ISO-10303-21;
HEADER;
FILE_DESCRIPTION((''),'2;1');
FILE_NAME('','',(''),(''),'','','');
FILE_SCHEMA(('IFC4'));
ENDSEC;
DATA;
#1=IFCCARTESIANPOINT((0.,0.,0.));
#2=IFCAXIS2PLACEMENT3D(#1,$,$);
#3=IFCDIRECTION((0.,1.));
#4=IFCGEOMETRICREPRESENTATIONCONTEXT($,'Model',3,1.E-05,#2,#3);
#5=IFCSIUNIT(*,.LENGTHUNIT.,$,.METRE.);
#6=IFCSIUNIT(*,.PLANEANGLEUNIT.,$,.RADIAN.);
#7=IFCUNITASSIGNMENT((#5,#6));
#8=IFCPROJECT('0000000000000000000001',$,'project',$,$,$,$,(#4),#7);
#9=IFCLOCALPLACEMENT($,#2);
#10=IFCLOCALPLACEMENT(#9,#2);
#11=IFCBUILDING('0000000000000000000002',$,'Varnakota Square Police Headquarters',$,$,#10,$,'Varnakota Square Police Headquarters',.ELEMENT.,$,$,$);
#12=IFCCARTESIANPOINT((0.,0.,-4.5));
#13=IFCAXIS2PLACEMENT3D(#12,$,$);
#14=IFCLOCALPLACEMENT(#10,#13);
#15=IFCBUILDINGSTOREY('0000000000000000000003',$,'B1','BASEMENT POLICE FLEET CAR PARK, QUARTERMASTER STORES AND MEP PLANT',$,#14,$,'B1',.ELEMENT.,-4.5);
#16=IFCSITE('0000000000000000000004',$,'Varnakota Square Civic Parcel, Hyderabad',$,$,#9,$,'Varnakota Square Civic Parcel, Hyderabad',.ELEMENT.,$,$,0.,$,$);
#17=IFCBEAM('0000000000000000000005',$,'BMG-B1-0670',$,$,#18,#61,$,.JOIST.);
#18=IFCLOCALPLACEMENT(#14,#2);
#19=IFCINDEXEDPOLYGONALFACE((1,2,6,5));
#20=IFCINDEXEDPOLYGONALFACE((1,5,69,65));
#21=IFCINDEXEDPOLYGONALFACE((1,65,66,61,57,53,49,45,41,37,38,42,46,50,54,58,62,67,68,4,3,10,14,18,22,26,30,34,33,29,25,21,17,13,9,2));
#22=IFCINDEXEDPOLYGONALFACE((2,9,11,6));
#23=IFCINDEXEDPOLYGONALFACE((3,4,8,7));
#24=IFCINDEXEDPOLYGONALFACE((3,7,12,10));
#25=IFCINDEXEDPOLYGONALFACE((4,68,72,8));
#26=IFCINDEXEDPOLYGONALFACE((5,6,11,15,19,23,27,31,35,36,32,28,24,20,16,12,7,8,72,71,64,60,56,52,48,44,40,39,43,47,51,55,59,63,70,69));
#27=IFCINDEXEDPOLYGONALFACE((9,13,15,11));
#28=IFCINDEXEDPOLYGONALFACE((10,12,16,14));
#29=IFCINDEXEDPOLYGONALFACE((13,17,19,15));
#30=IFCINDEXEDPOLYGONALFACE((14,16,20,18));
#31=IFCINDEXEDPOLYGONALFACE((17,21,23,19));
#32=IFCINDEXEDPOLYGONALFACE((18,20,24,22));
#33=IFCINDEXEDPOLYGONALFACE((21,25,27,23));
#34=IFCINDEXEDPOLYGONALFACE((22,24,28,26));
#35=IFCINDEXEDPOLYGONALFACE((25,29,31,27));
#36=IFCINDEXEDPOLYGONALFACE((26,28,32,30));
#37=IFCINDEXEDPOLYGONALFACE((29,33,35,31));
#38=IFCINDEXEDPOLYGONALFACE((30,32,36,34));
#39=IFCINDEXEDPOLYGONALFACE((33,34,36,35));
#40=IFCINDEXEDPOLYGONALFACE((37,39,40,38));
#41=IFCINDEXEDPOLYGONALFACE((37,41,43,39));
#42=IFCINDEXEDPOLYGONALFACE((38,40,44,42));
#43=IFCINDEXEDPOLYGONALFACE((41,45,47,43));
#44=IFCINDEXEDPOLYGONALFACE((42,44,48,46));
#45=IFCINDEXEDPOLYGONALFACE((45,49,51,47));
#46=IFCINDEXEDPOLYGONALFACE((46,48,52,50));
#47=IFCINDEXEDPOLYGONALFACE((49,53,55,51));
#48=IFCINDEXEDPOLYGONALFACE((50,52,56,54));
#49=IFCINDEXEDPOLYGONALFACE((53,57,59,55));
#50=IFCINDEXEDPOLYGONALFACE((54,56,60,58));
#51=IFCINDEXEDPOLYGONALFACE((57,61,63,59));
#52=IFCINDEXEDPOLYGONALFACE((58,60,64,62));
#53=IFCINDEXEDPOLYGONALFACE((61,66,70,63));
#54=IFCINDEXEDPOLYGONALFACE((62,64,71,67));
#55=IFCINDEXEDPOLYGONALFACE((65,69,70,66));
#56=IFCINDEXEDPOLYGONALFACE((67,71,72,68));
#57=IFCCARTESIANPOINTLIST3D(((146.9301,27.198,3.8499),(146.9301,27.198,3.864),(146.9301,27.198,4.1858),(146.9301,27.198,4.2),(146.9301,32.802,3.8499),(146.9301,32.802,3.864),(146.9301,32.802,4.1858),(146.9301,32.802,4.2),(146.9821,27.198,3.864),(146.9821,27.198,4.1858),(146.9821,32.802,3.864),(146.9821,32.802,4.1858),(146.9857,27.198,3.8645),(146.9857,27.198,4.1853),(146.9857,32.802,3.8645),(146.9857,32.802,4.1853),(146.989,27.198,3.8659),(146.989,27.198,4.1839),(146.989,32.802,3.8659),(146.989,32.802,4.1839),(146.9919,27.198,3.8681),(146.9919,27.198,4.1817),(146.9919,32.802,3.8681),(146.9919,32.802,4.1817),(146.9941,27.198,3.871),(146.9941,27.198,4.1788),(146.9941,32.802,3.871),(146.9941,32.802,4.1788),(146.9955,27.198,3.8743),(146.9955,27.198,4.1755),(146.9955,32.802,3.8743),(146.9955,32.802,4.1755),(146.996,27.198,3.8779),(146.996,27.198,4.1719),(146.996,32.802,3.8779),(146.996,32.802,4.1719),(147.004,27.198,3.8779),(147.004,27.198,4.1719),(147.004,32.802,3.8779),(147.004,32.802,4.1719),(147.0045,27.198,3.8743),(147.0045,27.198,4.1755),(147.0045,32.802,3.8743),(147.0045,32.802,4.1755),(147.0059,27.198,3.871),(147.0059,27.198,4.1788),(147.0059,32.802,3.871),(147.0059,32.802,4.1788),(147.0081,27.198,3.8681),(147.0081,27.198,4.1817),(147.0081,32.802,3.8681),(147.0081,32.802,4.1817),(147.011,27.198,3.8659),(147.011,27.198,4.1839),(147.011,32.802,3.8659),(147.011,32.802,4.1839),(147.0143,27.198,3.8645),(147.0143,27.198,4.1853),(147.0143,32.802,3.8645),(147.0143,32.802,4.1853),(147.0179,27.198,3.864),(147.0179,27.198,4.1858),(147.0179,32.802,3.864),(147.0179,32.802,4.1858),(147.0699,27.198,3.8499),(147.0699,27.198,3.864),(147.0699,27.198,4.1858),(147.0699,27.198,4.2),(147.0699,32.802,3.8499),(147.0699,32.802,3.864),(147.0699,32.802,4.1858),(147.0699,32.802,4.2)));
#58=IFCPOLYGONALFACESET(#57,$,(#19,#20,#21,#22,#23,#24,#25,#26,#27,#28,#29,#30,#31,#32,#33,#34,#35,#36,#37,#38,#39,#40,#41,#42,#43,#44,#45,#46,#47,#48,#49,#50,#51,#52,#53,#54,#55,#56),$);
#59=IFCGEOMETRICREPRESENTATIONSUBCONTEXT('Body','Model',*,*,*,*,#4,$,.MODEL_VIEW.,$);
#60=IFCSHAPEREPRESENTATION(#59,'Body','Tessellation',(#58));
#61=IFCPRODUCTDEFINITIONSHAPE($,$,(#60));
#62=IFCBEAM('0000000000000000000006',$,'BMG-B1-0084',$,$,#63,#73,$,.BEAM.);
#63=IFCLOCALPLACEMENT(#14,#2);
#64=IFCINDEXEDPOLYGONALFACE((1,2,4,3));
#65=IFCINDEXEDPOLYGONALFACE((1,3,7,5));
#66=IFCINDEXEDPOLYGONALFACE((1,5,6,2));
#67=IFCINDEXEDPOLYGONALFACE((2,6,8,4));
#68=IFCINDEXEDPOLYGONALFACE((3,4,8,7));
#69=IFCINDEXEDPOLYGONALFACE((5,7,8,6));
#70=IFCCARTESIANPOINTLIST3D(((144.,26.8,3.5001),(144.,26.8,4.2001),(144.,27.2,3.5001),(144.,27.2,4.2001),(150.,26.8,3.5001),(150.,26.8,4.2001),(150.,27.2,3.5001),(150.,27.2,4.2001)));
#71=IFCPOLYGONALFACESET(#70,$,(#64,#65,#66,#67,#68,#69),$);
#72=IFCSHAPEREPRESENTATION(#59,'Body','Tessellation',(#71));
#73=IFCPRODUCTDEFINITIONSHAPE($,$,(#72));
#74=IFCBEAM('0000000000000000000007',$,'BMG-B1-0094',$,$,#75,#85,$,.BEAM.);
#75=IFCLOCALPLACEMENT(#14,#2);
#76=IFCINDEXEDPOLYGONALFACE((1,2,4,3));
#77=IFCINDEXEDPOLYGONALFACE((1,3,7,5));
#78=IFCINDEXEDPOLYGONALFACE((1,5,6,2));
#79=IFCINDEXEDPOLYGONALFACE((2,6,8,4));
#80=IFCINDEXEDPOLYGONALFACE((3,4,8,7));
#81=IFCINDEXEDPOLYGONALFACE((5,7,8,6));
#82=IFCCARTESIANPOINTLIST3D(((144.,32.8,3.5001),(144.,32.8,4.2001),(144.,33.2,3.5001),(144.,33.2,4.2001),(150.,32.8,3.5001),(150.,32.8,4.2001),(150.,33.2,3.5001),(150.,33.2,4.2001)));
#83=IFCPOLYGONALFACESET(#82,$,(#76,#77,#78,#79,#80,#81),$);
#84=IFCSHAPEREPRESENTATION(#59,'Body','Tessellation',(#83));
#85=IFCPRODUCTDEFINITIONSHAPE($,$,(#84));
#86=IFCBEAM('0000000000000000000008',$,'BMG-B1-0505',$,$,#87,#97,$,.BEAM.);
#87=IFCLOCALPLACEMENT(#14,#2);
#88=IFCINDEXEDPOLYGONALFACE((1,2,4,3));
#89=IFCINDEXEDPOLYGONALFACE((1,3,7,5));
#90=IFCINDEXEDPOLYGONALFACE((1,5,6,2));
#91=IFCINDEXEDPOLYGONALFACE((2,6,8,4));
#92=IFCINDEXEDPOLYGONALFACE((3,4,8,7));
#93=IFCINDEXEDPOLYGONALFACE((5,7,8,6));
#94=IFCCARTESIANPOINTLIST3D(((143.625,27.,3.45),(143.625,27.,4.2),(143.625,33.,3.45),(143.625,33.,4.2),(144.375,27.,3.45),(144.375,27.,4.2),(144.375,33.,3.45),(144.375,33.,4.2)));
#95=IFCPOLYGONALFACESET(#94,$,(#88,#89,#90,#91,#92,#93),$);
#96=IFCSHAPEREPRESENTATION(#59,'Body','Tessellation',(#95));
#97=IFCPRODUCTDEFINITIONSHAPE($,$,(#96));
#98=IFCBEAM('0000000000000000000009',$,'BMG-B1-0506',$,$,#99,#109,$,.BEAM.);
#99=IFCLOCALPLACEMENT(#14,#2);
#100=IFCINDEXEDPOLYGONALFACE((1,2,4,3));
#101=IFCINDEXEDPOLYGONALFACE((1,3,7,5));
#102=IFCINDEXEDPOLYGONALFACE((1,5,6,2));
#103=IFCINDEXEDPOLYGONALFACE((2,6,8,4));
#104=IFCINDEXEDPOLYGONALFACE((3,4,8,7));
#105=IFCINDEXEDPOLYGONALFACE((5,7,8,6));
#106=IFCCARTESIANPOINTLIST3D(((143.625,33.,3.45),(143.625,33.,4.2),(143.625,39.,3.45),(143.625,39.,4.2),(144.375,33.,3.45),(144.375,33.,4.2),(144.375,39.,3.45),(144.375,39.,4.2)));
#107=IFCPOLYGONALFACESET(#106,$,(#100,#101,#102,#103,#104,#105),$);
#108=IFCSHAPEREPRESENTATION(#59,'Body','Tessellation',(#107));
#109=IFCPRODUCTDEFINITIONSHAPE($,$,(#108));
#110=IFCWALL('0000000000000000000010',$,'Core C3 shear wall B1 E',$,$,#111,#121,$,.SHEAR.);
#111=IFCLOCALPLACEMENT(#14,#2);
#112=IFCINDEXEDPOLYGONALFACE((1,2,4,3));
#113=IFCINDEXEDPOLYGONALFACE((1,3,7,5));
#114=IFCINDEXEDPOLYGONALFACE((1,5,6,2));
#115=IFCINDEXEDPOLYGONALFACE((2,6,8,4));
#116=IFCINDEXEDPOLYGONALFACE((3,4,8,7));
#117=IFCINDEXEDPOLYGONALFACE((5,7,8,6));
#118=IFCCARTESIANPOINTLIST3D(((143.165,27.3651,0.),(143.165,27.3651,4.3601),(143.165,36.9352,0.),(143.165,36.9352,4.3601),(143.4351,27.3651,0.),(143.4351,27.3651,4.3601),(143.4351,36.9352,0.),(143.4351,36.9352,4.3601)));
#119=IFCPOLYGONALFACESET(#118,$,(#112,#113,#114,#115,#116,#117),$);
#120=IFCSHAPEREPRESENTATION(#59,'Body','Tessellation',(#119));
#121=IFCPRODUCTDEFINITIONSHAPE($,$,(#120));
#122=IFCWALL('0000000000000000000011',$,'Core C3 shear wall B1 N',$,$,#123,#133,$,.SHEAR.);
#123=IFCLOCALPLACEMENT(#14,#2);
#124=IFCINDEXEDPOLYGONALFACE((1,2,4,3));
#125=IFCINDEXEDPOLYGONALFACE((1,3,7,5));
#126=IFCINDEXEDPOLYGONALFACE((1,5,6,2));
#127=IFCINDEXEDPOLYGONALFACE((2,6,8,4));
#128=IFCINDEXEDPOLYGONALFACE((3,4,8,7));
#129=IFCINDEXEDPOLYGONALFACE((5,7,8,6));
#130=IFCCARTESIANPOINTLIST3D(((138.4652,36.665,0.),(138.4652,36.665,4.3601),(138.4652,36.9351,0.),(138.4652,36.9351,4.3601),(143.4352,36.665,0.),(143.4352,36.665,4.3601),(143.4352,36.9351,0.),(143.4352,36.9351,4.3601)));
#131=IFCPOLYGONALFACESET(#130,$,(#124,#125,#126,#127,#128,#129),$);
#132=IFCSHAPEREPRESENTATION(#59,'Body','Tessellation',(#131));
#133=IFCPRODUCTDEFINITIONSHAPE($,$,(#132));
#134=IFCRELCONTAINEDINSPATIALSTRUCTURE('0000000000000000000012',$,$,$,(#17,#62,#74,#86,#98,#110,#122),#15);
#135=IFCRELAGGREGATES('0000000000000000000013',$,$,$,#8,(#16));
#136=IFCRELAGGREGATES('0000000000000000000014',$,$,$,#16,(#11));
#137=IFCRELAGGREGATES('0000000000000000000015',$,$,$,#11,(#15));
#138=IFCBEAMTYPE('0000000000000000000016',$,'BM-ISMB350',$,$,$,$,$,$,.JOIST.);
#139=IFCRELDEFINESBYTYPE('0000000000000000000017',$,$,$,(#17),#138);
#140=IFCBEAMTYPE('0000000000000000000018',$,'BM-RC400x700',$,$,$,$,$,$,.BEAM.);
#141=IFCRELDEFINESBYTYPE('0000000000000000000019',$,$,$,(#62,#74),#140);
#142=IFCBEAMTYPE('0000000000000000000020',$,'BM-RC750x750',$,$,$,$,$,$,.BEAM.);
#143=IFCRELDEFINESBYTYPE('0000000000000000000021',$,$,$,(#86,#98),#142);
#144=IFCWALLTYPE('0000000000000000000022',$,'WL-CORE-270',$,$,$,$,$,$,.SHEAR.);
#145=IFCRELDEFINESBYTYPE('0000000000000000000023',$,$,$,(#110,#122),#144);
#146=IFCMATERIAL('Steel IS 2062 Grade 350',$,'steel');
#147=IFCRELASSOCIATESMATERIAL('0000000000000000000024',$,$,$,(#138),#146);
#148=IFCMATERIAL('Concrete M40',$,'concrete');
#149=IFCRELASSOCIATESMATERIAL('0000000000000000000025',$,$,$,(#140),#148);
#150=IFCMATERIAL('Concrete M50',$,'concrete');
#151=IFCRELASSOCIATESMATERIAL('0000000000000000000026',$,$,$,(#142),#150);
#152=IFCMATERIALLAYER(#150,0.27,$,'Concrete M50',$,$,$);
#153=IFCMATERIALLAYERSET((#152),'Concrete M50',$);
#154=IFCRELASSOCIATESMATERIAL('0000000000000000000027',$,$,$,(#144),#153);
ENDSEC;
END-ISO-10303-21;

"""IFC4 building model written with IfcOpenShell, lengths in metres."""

from ifc_helpers import new_model, si_unit, direction, frame, frame_2d, origin, origin_2d, place, context, subcontext, project, spatial, rectangle, i_section, extrude, material, layer, layer_set, material_profile, profile_set, type_object, element, save


model = new_model("IFC4")

# Units and contexts
model_context = context("Model", 3, precision=1e-05, world=origin(), true_north=direction((0.0, 1.0)))
body_context = subcontext(model_context, "Body", "Model", "MODEL_VIEW")
ifc_project = project(units=[si_unit("LENGTHUNIT", "METRE"), si_unit("PLANEANGLEUNIT", "RADIAN")], contexts=[model_context])

# Site, building, storey
site_placement = place(None, origin())
site = spatial("IfcSite", under=ifc_project, at=site_placement, Name="Varnakota Square Civic Parcel, Hyderabad", LongName="Varnakota Square Civic Parcel, Hyderabad", CompositionType="ELEMENT", RefElevation=0.0)
building_placement = place(site_placement, origin())
building = spatial("IfcBuilding", under=site, at=building_placement, Name="Varnakota Square Police Headquarters", LongName="Varnakota Square Police Headquarters", CompositionType="ELEMENT")
storey_placement = place(building_placement, frame((0.0, 0.0, -4.5)))
storey = spatial("IfcBuildingStorey", under=building, at=storey_placement, Name="B1", Description="BASEMENT POLICE FLEET CAR PARK, QUARTERMASTER STORES AND MEP PLANT", LongName="B1", CompositionType="ELEMENT", Elevation=-4.5)

# Shared definitions
ifc_material_1 = material(Name="Concrete M40", Category="concrete")
ifc_material_2 = material(Name="Concrete M50", Category="concrete")

# Beams
ifc_material_3 = material(Name="Steel IS 2062 Grade 350", Category="steel")
ifc_material_profile_1 = material_profile(ifc_material_3, i_section(OverallWidth=0.1399, OverallDepth=0.3501, WebThickness=0.0081, FlangeThickness=0.0142, FilletRadius=0.0139, at=origin_2d()), Name="ISMB 350")
ifc_profile_set_1 = profile_set([ifc_material_profile_1], Name="Steel IS 2062 Grade 350")
beam_type_1 = type_object("IfcBeamType", Name="BM-ISMB350", PredefinedType="JOIST", material=ifc_profile_set_1)
beam_1_placement = place(storey_placement, frame((147.0, 27.198, 4.0249), z_axis=(0.0, 1.0, 0.0), x_axis=(-1.0, 0.0, 0.0)))
element("IfcBeam", 1, at=beam_1_placement, inside=storey, type_object=beam_type_1, Name="BMG-B1-0670", PredefinedType="JOIST", context=body_context, shape_type="SweptSolid", body=[
    extrude(i_section(OverallWidth=0.1399, OverallDepth=0.3501, WebThickness=0.0081, FlangeThickness=0.0142, FilletRadius=0.0139, at=origin_2d()), origin(), (0.0, 0.0, 1.0), 5.604),
])
ifc_material_profile_2 = material_profile(ifc_material_1, rectangle(XDim=0.3999, YDim=0.7, at=origin_2d()), Name="RC 400x700")
ifc_profile_set_2 = profile_set([ifc_material_profile_2], Name="Concrete M40")
beam_type_2 = type_object("IfcBeamType", Name="BM-RC400x700", PredefinedType="BEAM", material=ifc_profile_set_2)
for number, where, z_axis, x_axis, name in (
    (2, (144.0, 27.0, 3.8501), (1.0, 0.0, 0.0), (0.0, 1.0, 0.0), "BMG-B1-0084"),
    (3, (144.0, 33.0, 3.8501), (1.0, 0.0, 0.0), (0.0, 1.0, 0.0), "BMG-B1-0094"),
):
    element("IfcBeam", number, at=place(storey_placement, frame(where, z_axis=z_axis, x_axis=x_axis)), inside=storey, type_object=beam_type_2, Name=name, PredefinedType="BEAM", context=body_context, shape_type="SweptSolid", body=[
        extrude(rectangle(XDim=0.3999, YDim=0.7, at=origin_2d()), origin(), (0.0, 0.0, 1.0), 6.0),
    ])
ifc_material_profile_3 = material_profile(ifc_material_2, rectangle(XDim=0.75, YDim=0.75, at=origin_2d()), Name="RC 750x750")
ifc_profile_set_3 = profile_set([ifc_material_profile_3], Name="Concrete M50")
beam_type_3 = type_object("IfcBeamType", Name="BM-RC750x750", PredefinedType="BEAM", material=ifc_profile_set_3)
for number, where, z_axis, x_axis, name in (
    (4, (144.0, 27.0, 3.825), (0.0, 1.0, 0.0), (-1.0, 0.0, 0.0), "BMG-B1-0505"),
    (5, (144.0, 33.0, 3.825), (0.0, 1.0, 0.0), (-1.0, 0.0, 0.0), "BMG-B1-0506"),
):
    element("IfcBeam", number, at=place(storey_placement, frame(where, z_axis=z_axis, x_axis=x_axis)), inside=storey, type_object=beam_type_3, Name=name, PredefinedType="BEAM", context=body_context, shape_type="SweptSolid", body=[
        extrude(rectangle(XDim=0.75, YDim=0.75, at=origin_2d()), origin(), (0.0, 0.0, 1.0), 6.0),
    ])

# Walls
ifc_layer = layer(ifc_material_2, 0.27, Name="Concrete M50")
ifc_layer_set = layer_set([ifc_layer], Name="Concrete M50")
wall_type = type_object("IfcWallType", Name="WL-CORE-270", PredefinedType="SHEAR", material=ifc_layer_set)
wall_1_placement = place(storey_placement, frame((143.3, 27.365, 0.0), z_axis=(0.0, 0.0, 1.0), x_axis=(0.0, 1.0, 0.0)))
element("IfcWall", 6, at=wall_1_placement, inside=storey, type_object=wall_type, Name="Core C3 shear wall B1 E", PredefinedType="SHEAR", context=body_context, shape_type="SweptSolid", body=[
    extrude(rectangle(XDim=9.5701, YDim=0.27, at=frame_2d((4.7852, 0.0))), origin(), (0.0, 0.0, 1.0), 4.3601),
])
wall_2_placement = place(storey_placement, frame((143.4351, 36.8, 0.0), z_axis=(0.0, 0.0, 1.0), x_axis=(-1.0, 0.0, 0.0)))
element("IfcWall", 7, at=wall_2_placement, inside=storey, type_object=wall_type, Name="Core C3 shear wall B1 N", PredefinedType="SHEAR", context=body_context, shape_type="SweptSolid", body=[
    extrude(rectangle(XDim=4.97, YDim=0.27, at=frame_2d((2.4849, 0.0))), origin(), (0.0, 0.0, 1.0), 4.3601),
])

save(model, "model.ifc")
